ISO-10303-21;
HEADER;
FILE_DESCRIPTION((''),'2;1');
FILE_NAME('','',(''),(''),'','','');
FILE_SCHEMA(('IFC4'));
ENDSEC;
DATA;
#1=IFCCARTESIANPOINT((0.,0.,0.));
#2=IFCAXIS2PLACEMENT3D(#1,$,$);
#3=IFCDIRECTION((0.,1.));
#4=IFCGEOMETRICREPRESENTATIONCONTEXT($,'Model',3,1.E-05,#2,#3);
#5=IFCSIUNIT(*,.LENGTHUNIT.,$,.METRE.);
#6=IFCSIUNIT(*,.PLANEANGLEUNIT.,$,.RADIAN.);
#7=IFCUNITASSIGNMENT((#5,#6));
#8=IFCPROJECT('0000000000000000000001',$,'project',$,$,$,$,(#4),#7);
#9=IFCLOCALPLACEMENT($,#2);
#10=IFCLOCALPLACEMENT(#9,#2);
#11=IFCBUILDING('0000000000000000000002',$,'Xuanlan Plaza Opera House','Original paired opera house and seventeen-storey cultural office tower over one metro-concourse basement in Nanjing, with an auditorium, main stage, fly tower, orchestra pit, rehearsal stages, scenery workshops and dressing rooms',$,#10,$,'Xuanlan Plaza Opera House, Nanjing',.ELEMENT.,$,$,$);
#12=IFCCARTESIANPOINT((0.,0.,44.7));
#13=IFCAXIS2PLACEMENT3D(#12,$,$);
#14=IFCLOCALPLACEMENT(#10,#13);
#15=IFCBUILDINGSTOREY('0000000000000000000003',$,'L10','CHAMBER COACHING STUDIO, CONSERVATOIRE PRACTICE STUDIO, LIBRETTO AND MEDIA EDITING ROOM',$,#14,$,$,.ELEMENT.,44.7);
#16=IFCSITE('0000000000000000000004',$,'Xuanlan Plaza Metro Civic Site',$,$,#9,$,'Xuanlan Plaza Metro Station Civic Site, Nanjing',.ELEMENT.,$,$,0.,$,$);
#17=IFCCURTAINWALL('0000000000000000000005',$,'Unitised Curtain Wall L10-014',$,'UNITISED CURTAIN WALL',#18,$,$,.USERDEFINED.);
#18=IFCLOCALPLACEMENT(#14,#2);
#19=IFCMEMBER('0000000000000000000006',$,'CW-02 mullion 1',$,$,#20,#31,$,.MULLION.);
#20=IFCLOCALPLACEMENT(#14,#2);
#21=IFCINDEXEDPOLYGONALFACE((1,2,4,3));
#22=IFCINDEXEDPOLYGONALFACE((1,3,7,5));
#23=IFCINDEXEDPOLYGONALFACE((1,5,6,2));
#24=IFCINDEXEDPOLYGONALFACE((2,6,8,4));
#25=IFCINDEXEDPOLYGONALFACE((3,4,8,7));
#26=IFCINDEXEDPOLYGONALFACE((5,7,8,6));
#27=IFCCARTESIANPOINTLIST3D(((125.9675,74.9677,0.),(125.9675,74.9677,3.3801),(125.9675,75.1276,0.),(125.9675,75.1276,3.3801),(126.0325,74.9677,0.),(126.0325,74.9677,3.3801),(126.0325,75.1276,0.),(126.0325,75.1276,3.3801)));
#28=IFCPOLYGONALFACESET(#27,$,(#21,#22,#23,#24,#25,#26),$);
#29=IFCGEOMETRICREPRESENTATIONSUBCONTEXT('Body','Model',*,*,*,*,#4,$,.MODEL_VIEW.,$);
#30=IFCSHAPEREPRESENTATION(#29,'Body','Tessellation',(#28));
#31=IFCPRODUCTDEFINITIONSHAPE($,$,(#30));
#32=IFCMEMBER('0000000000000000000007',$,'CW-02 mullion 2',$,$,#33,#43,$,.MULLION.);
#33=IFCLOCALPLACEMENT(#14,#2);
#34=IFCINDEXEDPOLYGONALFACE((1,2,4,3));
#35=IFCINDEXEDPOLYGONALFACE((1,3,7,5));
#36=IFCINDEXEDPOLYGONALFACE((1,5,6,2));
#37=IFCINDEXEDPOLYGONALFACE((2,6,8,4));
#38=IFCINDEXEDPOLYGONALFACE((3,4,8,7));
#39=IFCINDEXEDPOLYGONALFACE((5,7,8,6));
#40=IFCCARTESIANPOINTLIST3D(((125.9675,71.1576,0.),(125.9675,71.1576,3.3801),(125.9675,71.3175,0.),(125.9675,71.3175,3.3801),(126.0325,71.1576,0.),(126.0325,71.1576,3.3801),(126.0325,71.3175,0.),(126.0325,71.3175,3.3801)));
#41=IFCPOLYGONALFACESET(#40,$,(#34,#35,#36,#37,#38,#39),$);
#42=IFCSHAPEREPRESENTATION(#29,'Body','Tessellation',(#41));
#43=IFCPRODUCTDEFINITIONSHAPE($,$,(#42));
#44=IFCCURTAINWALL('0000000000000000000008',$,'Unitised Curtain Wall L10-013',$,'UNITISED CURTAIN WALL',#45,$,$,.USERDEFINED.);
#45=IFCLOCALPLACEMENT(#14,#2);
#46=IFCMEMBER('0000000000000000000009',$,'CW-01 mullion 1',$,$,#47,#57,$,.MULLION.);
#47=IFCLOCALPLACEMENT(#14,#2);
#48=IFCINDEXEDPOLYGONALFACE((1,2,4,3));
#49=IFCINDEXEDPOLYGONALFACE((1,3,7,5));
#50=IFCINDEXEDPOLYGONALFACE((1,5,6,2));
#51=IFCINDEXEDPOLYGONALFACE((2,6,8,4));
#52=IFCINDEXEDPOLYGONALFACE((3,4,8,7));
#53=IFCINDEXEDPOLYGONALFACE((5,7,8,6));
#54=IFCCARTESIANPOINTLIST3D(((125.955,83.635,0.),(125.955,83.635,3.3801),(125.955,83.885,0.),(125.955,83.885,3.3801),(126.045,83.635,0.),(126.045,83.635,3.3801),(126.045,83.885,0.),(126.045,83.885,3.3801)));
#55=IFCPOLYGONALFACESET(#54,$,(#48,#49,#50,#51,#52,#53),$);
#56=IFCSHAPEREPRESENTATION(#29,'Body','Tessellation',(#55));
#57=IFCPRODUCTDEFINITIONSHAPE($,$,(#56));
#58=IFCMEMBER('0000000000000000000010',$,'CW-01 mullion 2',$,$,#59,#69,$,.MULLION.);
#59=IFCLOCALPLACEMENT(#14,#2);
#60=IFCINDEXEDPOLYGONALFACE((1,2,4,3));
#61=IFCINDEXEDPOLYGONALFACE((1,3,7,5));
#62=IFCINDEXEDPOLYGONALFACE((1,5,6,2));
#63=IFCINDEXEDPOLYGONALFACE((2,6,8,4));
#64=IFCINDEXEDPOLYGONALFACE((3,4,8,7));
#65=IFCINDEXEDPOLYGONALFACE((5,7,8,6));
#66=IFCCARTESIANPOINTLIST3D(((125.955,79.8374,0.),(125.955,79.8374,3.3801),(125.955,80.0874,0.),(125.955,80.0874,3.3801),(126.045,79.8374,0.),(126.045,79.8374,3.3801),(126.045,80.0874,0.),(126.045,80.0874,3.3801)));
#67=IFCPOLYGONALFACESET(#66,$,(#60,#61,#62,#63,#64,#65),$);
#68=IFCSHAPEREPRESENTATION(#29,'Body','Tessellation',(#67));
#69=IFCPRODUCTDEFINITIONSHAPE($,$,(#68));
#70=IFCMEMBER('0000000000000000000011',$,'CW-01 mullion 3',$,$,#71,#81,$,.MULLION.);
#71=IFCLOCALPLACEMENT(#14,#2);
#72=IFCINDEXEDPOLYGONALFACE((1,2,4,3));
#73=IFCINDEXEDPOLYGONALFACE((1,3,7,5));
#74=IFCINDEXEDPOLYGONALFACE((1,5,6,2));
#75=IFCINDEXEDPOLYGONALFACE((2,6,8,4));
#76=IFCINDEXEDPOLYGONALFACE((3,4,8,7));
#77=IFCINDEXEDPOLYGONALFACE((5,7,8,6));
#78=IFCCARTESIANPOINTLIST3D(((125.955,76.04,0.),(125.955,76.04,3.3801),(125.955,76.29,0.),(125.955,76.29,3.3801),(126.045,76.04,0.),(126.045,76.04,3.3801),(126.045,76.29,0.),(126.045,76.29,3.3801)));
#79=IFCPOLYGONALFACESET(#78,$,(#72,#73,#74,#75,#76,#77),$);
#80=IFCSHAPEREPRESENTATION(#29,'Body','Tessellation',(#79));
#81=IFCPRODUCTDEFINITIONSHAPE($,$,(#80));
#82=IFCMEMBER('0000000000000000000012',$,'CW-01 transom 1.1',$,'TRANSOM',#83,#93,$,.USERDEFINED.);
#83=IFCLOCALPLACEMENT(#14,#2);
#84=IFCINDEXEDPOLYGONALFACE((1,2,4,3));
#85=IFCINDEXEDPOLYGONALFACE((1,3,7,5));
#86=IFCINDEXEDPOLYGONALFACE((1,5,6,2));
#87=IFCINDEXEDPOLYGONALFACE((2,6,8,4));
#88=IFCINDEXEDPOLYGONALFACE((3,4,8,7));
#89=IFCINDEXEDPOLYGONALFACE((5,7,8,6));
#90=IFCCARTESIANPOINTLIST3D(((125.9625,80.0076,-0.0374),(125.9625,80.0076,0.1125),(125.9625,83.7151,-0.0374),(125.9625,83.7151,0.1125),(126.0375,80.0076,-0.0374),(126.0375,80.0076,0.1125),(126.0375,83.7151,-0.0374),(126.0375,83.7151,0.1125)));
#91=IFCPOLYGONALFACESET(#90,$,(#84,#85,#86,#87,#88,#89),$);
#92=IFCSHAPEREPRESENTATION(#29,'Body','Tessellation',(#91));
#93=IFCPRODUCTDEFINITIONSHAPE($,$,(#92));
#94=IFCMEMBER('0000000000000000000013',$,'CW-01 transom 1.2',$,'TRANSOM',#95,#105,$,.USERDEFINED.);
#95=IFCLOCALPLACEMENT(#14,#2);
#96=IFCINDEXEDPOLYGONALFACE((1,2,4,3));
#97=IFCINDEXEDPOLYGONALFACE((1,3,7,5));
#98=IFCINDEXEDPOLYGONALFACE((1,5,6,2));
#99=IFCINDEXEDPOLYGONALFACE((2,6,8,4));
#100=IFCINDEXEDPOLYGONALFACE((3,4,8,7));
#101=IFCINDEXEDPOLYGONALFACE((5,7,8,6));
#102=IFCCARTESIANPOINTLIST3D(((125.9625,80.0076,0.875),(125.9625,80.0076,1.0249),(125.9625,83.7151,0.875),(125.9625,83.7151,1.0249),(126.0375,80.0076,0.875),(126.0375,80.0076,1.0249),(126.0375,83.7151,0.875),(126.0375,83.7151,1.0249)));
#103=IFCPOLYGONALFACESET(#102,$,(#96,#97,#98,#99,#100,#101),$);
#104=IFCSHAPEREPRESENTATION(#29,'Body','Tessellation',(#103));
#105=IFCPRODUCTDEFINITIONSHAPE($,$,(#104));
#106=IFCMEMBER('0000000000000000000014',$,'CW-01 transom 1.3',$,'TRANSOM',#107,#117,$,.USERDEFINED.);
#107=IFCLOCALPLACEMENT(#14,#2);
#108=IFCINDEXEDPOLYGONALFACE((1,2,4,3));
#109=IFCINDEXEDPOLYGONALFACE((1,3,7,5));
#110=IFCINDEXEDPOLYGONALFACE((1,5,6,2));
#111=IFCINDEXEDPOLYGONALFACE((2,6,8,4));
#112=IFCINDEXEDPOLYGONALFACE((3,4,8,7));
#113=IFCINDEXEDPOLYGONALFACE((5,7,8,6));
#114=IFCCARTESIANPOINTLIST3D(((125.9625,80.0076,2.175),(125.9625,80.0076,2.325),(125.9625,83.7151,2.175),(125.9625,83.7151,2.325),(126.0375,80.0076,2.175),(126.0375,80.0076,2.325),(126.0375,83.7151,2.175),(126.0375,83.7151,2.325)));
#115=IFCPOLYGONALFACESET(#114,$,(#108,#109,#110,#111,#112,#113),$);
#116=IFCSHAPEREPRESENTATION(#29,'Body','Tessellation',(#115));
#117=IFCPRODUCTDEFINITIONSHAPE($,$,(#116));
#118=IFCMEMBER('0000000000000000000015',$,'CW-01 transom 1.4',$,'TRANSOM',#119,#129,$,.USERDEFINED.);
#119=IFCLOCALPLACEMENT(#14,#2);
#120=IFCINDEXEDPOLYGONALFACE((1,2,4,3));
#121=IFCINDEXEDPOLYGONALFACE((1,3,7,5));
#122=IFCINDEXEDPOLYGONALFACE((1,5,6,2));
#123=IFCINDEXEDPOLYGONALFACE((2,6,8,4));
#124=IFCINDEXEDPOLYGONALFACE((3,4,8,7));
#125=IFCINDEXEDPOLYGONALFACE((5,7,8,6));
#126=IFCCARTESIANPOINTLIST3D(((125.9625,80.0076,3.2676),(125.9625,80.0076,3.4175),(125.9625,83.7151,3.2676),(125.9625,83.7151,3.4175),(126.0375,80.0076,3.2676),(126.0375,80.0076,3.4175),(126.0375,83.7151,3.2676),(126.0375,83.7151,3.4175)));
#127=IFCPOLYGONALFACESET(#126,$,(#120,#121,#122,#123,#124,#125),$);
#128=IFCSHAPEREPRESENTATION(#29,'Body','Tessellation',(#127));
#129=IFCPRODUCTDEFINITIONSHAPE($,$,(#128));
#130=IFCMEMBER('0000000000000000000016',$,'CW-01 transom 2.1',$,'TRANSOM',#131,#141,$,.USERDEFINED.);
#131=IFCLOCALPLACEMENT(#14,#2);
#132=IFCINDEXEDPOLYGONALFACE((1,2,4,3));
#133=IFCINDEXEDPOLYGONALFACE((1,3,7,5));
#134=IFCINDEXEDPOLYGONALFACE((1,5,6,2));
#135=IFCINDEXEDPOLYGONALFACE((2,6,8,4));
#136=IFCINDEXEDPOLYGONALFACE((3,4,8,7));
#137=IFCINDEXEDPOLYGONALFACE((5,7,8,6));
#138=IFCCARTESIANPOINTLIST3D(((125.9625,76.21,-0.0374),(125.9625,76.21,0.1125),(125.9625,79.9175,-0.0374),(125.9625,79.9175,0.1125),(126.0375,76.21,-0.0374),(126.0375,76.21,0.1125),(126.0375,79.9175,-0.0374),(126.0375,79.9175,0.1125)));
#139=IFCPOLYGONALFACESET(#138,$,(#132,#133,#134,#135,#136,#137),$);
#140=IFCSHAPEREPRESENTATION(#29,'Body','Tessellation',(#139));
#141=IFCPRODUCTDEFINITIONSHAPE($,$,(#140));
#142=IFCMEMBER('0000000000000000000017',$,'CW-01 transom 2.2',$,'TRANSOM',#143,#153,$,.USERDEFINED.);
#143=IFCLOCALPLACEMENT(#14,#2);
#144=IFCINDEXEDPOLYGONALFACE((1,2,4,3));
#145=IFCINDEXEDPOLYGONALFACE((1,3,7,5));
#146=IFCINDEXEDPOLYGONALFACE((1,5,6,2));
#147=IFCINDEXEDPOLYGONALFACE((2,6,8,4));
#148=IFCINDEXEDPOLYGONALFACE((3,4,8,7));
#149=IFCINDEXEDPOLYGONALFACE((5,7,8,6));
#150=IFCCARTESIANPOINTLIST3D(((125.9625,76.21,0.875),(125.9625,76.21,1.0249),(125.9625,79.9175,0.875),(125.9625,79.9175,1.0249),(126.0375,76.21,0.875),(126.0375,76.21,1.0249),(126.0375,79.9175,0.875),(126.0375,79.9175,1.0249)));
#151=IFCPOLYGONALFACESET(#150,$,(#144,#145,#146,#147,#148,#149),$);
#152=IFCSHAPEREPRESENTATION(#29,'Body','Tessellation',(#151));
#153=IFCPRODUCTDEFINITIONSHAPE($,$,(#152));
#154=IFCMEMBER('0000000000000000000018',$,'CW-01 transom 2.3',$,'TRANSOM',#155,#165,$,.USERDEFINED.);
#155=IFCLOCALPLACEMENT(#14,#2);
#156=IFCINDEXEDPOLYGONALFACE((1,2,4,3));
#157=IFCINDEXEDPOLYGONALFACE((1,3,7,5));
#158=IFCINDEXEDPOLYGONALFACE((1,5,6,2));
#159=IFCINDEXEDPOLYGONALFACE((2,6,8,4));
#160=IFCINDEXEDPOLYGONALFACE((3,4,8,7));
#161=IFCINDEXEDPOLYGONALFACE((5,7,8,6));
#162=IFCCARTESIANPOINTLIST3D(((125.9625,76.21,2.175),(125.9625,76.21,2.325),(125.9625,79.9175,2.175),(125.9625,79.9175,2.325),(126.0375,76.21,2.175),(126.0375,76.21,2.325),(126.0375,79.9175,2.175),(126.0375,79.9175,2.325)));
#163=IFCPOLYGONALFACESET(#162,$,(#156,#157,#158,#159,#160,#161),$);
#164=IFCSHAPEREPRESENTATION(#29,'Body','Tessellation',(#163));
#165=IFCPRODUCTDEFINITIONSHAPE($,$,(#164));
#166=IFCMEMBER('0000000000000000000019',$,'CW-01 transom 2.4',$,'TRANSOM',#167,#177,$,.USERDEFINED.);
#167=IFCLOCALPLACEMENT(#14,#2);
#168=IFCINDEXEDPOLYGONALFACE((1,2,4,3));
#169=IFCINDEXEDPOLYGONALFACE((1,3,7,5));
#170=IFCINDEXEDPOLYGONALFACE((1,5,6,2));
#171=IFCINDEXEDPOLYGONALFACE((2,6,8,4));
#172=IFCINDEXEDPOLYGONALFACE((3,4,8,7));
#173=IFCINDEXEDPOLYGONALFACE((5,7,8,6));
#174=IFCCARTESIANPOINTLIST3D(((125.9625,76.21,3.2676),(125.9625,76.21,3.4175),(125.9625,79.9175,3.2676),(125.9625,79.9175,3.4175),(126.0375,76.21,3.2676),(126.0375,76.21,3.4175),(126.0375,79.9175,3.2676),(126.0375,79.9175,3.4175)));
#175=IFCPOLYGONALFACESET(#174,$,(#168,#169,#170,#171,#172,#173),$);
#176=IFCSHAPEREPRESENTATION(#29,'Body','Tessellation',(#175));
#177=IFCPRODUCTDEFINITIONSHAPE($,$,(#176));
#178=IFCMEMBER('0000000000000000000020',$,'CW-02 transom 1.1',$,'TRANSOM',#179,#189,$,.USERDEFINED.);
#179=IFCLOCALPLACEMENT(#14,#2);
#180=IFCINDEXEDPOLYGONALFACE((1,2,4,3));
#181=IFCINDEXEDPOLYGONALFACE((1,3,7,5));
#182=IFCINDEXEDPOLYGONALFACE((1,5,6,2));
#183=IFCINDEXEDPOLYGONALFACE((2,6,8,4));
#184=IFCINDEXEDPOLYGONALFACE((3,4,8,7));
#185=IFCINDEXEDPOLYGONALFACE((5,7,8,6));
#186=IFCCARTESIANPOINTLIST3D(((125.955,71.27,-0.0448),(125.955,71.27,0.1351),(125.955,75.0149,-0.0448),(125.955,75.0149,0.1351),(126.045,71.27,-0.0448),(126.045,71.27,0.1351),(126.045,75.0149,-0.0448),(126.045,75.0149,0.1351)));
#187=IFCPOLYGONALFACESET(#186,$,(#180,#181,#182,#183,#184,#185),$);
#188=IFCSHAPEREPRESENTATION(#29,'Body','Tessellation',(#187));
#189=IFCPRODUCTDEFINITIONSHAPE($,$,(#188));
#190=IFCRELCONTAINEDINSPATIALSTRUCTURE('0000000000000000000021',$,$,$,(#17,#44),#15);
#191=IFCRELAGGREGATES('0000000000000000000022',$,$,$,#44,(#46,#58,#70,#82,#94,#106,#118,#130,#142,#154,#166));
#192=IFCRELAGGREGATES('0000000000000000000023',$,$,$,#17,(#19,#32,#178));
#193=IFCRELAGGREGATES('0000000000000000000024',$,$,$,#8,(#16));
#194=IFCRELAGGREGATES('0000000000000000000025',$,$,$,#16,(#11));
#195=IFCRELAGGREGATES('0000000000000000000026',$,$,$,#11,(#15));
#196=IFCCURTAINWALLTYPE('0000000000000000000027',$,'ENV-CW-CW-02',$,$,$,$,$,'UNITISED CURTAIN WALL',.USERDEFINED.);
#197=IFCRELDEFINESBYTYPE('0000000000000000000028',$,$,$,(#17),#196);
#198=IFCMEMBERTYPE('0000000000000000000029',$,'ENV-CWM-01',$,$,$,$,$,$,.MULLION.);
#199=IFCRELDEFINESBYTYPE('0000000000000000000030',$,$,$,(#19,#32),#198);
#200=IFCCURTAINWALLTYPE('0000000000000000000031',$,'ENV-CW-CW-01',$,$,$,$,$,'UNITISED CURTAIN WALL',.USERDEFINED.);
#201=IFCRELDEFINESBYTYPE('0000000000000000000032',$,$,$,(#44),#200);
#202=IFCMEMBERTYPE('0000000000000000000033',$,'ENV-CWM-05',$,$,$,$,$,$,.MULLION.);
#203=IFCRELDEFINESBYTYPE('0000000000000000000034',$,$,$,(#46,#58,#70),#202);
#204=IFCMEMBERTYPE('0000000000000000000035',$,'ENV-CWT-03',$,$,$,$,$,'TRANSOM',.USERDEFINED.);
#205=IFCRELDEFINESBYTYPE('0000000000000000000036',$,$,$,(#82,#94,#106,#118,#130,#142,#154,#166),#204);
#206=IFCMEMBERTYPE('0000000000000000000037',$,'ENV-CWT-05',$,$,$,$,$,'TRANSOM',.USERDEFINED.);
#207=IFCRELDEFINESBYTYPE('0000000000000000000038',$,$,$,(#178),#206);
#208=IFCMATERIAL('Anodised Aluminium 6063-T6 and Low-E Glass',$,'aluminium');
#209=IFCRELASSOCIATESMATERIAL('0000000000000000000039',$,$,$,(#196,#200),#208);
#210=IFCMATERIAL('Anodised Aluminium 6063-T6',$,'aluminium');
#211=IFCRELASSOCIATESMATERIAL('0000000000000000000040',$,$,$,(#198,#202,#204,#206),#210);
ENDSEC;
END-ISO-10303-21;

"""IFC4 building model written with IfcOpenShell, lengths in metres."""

from ifc_helpers import new_model, si_unit, direction, frame, origin, origin_2d, place, context, subcontext, project, spatial, rectangle, extrude, material, material_profile, profile_set, type_object, element, aggregate, save


model = new_model("IFC4")

# Units and contexts
model_context = context("Model", 3, precision=1e-05, world=origin(), true_north=direction((0.0, 1.0)))
body_context = subcontext(model_context, "Body", "Model", "MODEL_VIEW")
ifc_project = project(units=[si_unit("LENGTHUNIT", "METRE"), si_unit("PLANEANGLEUNIT", "RADIAN")], contexts=[model_context])

# Site, building, storey
site_placement = place(None, origin())
site = spatial("IfcSite", under=ifc_project, at=site_placement, Name="Xuanlan Plaza Metro Civic Site", LongName="Xuanlan Plaza Metro Station Civic Site, Nanjing", CompositionType="ELEMENT", RefElevation=0.0)
building_placement = place(site_placement, origin())
building = spatial("IfcBuilding", under=site, at=building_placement, Name="Xuanlan Plaza Opera House", Description="Original paired opera house and seventeen-storey cultural office tower over one metro-concourse basement in Nanjing, with an auditorium, main stage, fly tower, orchestra pit, rehearsal stages, scenery workshops and dressing rooms", LongName="Xuanlan Plaza Opera House, Nanjing", CompositionType="ELEMENT")
storey_placement = place(building_placement, frame((0.0, 0.0, 44.7)))
storey = spatial("IfcBuildingStorey", under=building, at=storey_placement, Name="L10", Description="CHAMBER COACHING STUDIO, CONSERVATOIRE PRACTICE STUDIO, LIBRETTO AND MEDIA EDITING ROOM", CompositionType="ELEMENT", Elevation=44.7)

# Curtain walls, members
ifc_material_1 = material(Name="Anodised Aluminium 6063-T6 and Low-E Glass", Category="aluminium")
curtain_wall_type_1 = type_object("IfcCurtainWallType", Name="ENV-CW-CW-02", ElementType="UNITISED CURTAIN WALL", PredefinedType="USERDEFINED", material=ifc_material_1)
curtain_wall_1_placement = place(storey_placement, origin())
curtain_wall_1 = element("IfcCurtainWall", 1, at=curtain_wall_1_placement, inside=storey, type_object=curtain_wall_type_1, Name="Unitised Curtain Wall L10-014", ObjectType="UNITISED CURTAIN WALL", PredefinedType="USERDEFINED")
ifc_material_2 = material(Name="Anodised Aluminium 6063-T6", Category="aluminium")
ifc_material_profile_1 = material_profile(ifc_material_2, rectangle(XDim=0.0649, YDim=0.1599, at=origin_2d()), Name="ALU-M 65x160")
ifc_profile_set_1 = profile_set([ifc_material_profile_1], Name="Anodised Aluminium 6063-T6")
member_type_1 = type_object("IfcMemberType", Name="ENV-CWM-01", PredefinedType="MULLION", material=ifc_profile_set_1)
member_1_placement = place(storey_placement, frame((126.0, 75.0476, 0.0), z_axis=(0.0, 0.0, 1.0), x_axis=(1.0, 0.0, 0.0)))
member_1 = element("IfcMember", 2, at=member_1_placement, type_object=member_type_1, Name="CW-02 mullion 1", PredefinedType="MULLION", context=body_context, shape_type="SweptSolid", body=[
    extrude(rectangle(XDim=0.0649, YDim=0.1599, at=origin_2d()), origin(), (0.0, 0.0, 1.0), 3.3801),
])
member_2_placement = place(storey_placement, frame((126.0, 71.2375, 0.0), z_axis=(0.0, 0.0, 1.0), x_axis=(1.0, 0.0, 0.0)))
member_2 = element("IfcMember", 3, at=member_2_placement, type_object=member_type_1, Name="CW-02 mullion 2", PredefinedType="MULLION", context=body_context, shape_type="SweptSolid", body=[
    extrude(rectangle(XDim=0.0649, YDim=0.1599, at=origin_2d()), origin(), (0.0, 0.0, 1.0), 3.3801),
])
curtain_wall_type_2 = type_object("IfcCurtainWallType", Name="ENV-CW-CW-01", ElementType="UNITISED CURTAIN WALL", PredefinedType="USERDEFINED", material=ifc_material_1)
curtain_wall_2_placement = place(storey_placement, origin())
curtain_wall_2 = element("IfcCurtainWall", 4, at=curtain_wall_2_placement, inside=storey, type_object=curtain_wall_type_2, Name="Unitised Curtain Wall L10-013", ObjectType="UNITISED CURTAIN WALL", PredefinedType="USERDEFINED")
ifc_material_profile_2 = material_profile(ifc_material_2, rectangle(XDim=0.0901, YDim=0.25, at=origin_2d()), Name="ALU-M 90x250")
ifc_profile_set_2 = profile_set([ifc_material_profile_2], Name="Anodised Aluminium 6063-T6")
member_type_2 = type_object("IfcMemberType", Name="ENV-CWM-05", PredefinedType="MULLION", material=ifc_profile_set_2)
member_3_placement = place(storey_placement, frame((126.0, 83.76, 0.0), z_axis=(0.0, 0.0, 1.0), x_axis=(1.0, 0.0, 0.0)))
member_3 = element("IfcMember", 5, at=member_3_placement, type_object=member_type_2, Name="CW-01 mullion 1", PredefinedType="MULLION", context=body_context, shape_type="SweptSolid", body=[
    extrude(rectangle(XDim=0.0901, YDim=0.25, at=origin_2d()), origin(), (0.0, 0.0, 1.0), 3.3801),
])
member_4_placement = place(storey_placement, frame((126.0, 79.9624, 0.0), z_axis=(0.0, 0.0, 1.0), x_axis=(1.0, 0.0, 0.0)))
member_4 = element("IfcMember", 6, at=member_4_placement, type_object=member_type_2, Name="CW-01 mullion 2", PredefinedType="MULLION", context=body_context, shape_type="SweptSolid", body=[
    extrude(rectangle(XDim=0.0901, YDim=0.25, at=origin_2d()), origin(), (0.0, 0.0, 1.0), 3.3801),
])
member_5_placement = place(storey_placement, frame((126.0, 76.165, 0.0), z_axis=(0.0, 0.0, 1.0), x_axis=(1.0, 0.0, 0.0)))
member_5 = element("IfcMember", 7, at=member_5_placement, type_object=member_type_2, Name="CW-01 mullion 3", PredefinedType="MULLION", context=body_context, shape_type="SweptSolid", body=[
    extrude(rectangle(XDim=0.0901, YDim=0.25, at=origin_2d()), origin(), (0.0, 0.0, 1.0), 3.3801),
])
ifc_material_profile_3 = material_profile(ifc_material_2, rectangle(XDim=0.075, YDim=0.1499, at=origin_2d()), Name="ALU-T 75x150")
ifc_profile_set_3 = profile_set([ifc_material_profile_3], Name="Anodised Aluminium 6063-T6")
member_type_3 = type_object("IfcMemberType", Name="ENV-CWT-03", ElementType="TRANSOM", PredefinedType="USERDEFINED", material=ifc_profile_set_3)
member_6_placement = place(storey_placement, frame((126.0, 83.7151, 0.0376), z_axis=(0.0, -1.0, 0.0), x_axis=(1.0, 0.0, 0.0)))
member_6 = element("IfcMember", 8, at=member_6_placement, type_object=member_type_3, Name="CW-01 transom 1.1", ObjectType="TRANSOM", PredefinedType="USERDEFINED", context=body_context, shape_type="SweptSolid", body=[
    extrude(rectangle(XDim=0.075, YDim=0.1499, at=origin_2d()), origin(), (0.0, 0.0, 1.0), 3.7075),
])
member_7_placement = place(storey_placement, frame((126.0, 83.7151, 0.95), z_axis=(0.0, -1.0, 0.0), x_axis=(1.0, 0.0, 0.0)))
member_7 = element("IfcMember", 9, at=member_7_placement, type_object=member_type_3, Name="CW-01 transom 1.2", ObjectType="TRANSOM", PredefinedType="USERDEFINED", context=body_context, shape_type="SweptSolid", body=[
    extrude(rectangle(XDim=0.075, YDim=0.1499, at=origin_2d()), origin(), (0.0, 0.0, 1.0), 3.7075),
])
member_8_placement = place(storey_placement, frame((126.0, 83.7151, 2.25), z_axis=(0.0, -1.0, 0.0), x_axis=(1.0, 0.0, 0.0)))
member_8 = element("IfcMember", 10, at=member_8_placement, type_object=member_type_3, Name="CW-01 transom 1.3", ObjectType="TRANSOM", PredefinedType="USERDEFINED", context=body_context, shape_type="SweptSolid", body=[
    extrude(rectangle(XDim=0.075, YDim=0.1499, at=origin_2d()), origin(), (0.0, 0.0, 1.0), 3.7075),
])
member_9_placement = place(storey_placement, frame((126.0, 83.7151, 3.3425), z_axis=(0.0, -1.0, 0.0), x_axis=(1.0, 0.0, 0.0)))
member_9 = element("IfcMember", 11, at=member_9_placement, type_object=member_type_3, Name="CW-01 transom 1.4", ObjectType="TRANSOM", PredefinedType="USERDEFINED", context=body_context, shape_type="SweptSolid", body=[
    extrude(rectangle(XDim=0.075, YDim=0.1499, at=origin_2d()), origin(), (0.0, 0.0, 1.0), 3.7075),
])
member_10_placement = place(storey_placement, frame((126.0, 79.9175, 0.0376), z_axis=(0.0, -1.0, 0.0), x_axis=(1.0, 0.0, 0.0)))
member_10 = element("IfcMember", 12, at=member_10_placement, type_object=member_type_3, Name="CW-01 transom 2.1", ObjectType="TRANSOM", PredefinedType="USERDEFINED", context=body_context, shape_type="SweptSolid", body=[
    extrude(rectangle(XDim=0.075, YDim=0.1499, at=origin_2d()), origin(), (0.0, 0.0, 1.0), 3.7075),
])
member_11_placement = place(storey_placement, frame((126.0, 79.9175, 0.95), z_axis=(0.0, -1.0, 0.0), x_axis=(1.0, 0.0, 0.0)))
member_11 = element("IfcMember", 13, at=member_11_placement, type_object=member_type_3, Name="CW-01 transom 2.2", ObjectType="TRANSOM", PredefinedType="USERDEFINED", context=body_context, shape_type="SweptSolid", body=[
    extrude(rectangle(XDim=0.075, YDim=0.1499, at=origin_2d()), origin(), (0.0, 0.0, 1.0), 3.7075),
])
member_12_placement = place(storey_placement, frame((126.0, 79.9175, 2.25), z_axis=(0.0, -1.0, 0.0), x_axis=(1.0, 0.0, 0.0)))
member_12 = element("IfcMember", 14, at=member_12_placement, type_object=member_type_3, Name="CW-01 transom 2.3", ObjectType="TRANSOM", PredefinedType="USERDEFINED", context=body_context, shape_type="SweptSolid", body=[
    extrude(rectangle(XDim=0.075, YDim=0.1499, at=origin_2d()), origin(), (0.0, 0.0, 1.0), 3.7075),
])
member_13_placement = place(storey_placement, frame((126.0, 79.9175, 3.3425), z_axis=(0.0, -1.0, 0.0), x_axis=(1.0, 0.0, 0.0)))
member_13 = element("IfcMember", 15, at=member_13_placement, type_object=member_type_3, Name="CW-01 transom 2.4", ObjectType="TRANSOM", PredefinedType="USERDEFINED", context=body_context, shape_type="SweptSolid", body=[
    extrude(rectangle(XDim=0.075, YDim=0.1499, at=origin_2d()), origin(), (0.0, 0.0, 1.0), 3.7075),
])

# Member
ifc_material_profile_4 = material_profile(ifc_material_2, rectangle(XDim=0.0901, YDim=0.1799, at=origin_2d()), Name="ALU-T 90x180")
ifc_profile_set_4 = profile_set([ifc_material_profile_4], Name="Anodised Aluminium 6063-T6")
member_type_4 = type_object("IfcMemberType", Name="ENV-CWT-05", ElementType="TRANSOM", PredefinedType="USERDEFINED", material=ifc_profile_set_4)
member_14_placement = place(storey_placement, frame((126.0, 75.0149, 0.0452), z_axis=(0.0, -1.0, 0.0), x_axis=(1.0, 0.0, 0.0)))
member_14 = element("IfcMember", 16, at=member_14_placement, type_object=member_type_4, Name="CW-02 transom 1.1", ObjectType="TRANSOM", PredefinedType="USERDEFINED", context=body_context, shape_type="SweptSolid", body=[
    extrude(rectangle(XDim=0.0901, YDim=0.1799, at=origin_2d()), origin(), (0.0, 0.0, 1.0), 3.7449),
])

aggregate(curtain_wall_2, [member_3, member_4, member_5, member_6, member_7, member_8, member_9, member_10, member_11, member_12, member_13])
aggregate(curtain_wall_1, [member_1, member_2, member_14])

save(model, "model.ifc")
